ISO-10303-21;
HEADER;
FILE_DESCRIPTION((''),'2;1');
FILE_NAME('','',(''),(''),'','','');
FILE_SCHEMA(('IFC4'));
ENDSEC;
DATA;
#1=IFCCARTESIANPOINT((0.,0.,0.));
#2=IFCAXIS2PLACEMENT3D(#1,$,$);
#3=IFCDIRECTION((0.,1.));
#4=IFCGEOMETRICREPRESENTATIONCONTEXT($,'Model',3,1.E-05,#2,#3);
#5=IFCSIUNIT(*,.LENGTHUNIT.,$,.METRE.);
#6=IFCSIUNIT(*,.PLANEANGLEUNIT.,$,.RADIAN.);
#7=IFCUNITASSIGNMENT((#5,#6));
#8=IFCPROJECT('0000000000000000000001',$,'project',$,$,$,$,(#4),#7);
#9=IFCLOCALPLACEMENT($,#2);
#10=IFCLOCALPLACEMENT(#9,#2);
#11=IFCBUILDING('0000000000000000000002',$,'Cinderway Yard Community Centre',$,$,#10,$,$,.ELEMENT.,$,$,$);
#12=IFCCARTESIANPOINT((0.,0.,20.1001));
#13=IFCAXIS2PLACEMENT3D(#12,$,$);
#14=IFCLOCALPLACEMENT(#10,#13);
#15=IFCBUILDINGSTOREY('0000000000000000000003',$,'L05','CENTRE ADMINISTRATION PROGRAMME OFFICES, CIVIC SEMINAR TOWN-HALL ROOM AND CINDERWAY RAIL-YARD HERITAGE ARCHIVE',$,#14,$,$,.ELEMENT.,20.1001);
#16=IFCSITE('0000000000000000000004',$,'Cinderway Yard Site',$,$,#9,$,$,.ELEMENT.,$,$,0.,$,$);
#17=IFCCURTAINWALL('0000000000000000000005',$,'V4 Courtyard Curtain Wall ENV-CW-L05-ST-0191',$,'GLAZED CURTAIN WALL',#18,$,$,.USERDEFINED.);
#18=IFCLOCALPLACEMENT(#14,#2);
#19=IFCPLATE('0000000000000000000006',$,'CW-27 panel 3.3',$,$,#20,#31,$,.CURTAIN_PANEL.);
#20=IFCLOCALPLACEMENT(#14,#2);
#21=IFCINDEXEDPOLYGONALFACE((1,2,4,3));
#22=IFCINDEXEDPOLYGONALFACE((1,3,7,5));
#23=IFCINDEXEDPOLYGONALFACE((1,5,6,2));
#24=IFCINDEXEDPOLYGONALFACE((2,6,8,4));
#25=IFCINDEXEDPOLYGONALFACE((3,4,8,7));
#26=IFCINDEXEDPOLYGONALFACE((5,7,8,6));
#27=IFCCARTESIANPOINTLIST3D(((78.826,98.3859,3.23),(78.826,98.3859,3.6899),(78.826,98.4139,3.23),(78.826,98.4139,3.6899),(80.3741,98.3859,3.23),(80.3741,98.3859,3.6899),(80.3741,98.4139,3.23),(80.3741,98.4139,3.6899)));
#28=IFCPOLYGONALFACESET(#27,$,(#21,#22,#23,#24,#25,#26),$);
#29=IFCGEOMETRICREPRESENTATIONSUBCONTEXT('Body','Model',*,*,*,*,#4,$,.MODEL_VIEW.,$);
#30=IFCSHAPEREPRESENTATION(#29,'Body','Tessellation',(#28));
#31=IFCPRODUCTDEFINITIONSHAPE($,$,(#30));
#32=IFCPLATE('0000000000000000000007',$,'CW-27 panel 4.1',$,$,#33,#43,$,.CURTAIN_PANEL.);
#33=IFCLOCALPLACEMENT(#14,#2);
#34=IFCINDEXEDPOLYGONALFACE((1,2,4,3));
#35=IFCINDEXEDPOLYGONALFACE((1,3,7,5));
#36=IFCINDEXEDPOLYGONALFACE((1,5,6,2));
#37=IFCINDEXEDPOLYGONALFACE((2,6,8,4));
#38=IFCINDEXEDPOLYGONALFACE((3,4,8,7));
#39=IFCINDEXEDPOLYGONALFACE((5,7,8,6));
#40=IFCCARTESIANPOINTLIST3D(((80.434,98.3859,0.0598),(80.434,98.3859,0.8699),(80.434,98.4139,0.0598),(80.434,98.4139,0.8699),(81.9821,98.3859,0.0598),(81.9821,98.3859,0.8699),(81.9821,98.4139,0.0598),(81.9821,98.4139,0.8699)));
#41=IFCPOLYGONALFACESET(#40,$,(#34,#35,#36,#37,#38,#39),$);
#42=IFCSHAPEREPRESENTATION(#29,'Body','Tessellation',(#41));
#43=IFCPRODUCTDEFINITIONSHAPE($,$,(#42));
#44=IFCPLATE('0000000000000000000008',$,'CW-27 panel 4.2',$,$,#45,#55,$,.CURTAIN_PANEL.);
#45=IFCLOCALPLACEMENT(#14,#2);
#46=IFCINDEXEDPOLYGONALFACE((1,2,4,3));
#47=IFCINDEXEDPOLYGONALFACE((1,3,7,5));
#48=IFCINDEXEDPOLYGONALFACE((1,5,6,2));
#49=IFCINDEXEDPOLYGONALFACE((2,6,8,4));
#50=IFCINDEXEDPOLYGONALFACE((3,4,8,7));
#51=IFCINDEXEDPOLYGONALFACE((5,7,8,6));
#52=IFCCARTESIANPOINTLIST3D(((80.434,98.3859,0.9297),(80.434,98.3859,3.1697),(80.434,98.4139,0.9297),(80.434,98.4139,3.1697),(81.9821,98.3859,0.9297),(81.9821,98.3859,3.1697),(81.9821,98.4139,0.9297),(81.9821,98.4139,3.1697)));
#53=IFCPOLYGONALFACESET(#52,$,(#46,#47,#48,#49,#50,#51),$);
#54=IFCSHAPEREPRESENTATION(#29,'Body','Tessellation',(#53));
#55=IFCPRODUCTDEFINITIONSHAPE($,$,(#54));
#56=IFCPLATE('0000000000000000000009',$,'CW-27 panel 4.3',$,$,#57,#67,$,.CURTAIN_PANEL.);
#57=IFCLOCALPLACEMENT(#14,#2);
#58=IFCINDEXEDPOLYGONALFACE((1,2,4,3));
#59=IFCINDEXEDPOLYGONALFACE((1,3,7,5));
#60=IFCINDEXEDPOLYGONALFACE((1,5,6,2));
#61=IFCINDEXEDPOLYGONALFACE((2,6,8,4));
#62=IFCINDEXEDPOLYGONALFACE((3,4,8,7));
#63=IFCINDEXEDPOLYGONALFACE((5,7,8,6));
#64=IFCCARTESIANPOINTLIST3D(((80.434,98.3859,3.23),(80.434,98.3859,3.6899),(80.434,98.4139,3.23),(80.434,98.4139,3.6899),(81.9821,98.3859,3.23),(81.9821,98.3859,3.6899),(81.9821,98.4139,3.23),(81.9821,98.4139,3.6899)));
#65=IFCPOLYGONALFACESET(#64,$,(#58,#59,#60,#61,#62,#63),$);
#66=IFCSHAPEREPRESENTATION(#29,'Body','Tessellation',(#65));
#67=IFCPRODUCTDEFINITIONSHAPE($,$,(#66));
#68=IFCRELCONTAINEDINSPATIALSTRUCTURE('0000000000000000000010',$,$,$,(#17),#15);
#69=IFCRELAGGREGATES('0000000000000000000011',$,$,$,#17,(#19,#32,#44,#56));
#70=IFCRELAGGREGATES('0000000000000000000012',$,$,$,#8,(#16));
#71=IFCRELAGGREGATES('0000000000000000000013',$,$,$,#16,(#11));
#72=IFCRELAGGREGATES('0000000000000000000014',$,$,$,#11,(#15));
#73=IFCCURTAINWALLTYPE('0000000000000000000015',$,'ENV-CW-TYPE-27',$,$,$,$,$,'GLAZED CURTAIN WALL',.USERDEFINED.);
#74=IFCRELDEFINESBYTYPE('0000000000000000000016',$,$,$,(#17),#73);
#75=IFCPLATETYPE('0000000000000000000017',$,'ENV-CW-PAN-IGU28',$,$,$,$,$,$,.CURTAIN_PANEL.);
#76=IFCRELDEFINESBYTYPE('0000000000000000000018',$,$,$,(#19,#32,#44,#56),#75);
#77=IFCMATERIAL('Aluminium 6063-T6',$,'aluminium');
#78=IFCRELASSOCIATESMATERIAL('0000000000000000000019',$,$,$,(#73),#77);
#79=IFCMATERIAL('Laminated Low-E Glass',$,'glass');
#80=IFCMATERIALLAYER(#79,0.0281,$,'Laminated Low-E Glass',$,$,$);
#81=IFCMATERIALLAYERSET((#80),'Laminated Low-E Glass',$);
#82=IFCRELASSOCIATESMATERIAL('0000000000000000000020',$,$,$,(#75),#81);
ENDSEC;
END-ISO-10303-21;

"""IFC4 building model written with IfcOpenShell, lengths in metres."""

from ifc_helpers import new_model, si_unit, direction, frame, origin, origin_2d, place, context, subcontext, project, spatial, rectangle, extrude, material, layer, layer_set, type_object, element, aggregate, save


model = new_model("IFC4")

# Units and contexts
model_context = context("Model", 3, precision=1e-05, world=origin(), true_north=direction((0.0, 1.0)))
body_context = subcontext(model_context, "Body", "Model", "MODEL_VIEW")
ifc_project = project(units=[si_unit("LENGTHUNIT", "METRE"), si_unit("PLANEANGLEUNIT", "RADIAN")], contexts=[model_context])

# Site, building, storey
site_placement = place(None, origin())
site = spatial("IfcSite", under=ifc_project, at=site_placement, Name="Cinderway Yard Site", CompositionType="ELEMENT", RefElevation=0.0)
building_placement = place(site_placement, origin())
building = spatial("IfcBuilding", under=site, at=building_placement, Name="Cinderway Yard Community Centre", CompositionType="ELEMENT")
storey_placement = place(building_placement, frame((0.0, 0.0, 20.1001)))
storey = spatial("IfcBuildingStorey", under=building, at=storey_placement, Name="L05", Description="CENTRE ADMINISTRATION PROGRAMME OFFICES, CIVIC SEMINAR TOWN-HALL ROOM AND CINDERWAY RAIL-YARD HERITAGE ARCHIVE", CompositionType="ELEMENT", Elevation=20.1001)

# Curtain wall, plates
ifc_material_1 = material(Name="Aluminium 6063-T6", Category="aluminium")
curtain_wall_type = type_object("IfcCurtainWallType", Name="ENV-CW-TYPE-27", ElementType="GLAZED CURTAIN WALL", PredefinedType="USERDEFINED", material=ifc_material_1)
curtain_wall_placement = place(storey_placement, origin())
curtain_wall = element("IfcCurtainWall", 1, at=curtain_wall_placement, inside=storey, type_object=curtain_wall_type, Name="V4 Courtyard Curtain Wall ENV-CW-L05-ST-0191", ObjectType="GLAZED CURTAIN WALL", PredefinedType="USERDEFINED")
ifc_material_2 = material(Name="Laminated Low-E Glass", Category="glass")
ifc_layer = layer(ifc_material_2, 0.0281, Name="Laminated Low-E Glass")
ifc_layer_set = layer_set([ifc_layer], Name="Laminated Low-E Glass")
plate_type = type_object("IfcPlateType", Name="ENV-CW-PAN-IGU28", PredefinedType="CURTAIN_PANEL", material=ifc_layer_set)
plate_1_placement = place(storey_placement, frame((79.6001, 98.3999, 3.23), z_axis=(0.0, 0.0, 1.0), x_axis=(1.0, 0.0, 0.0)))
plate_1 = element("IfcPlate", 2, at=plate_1_placement, type_object=plate_type, Name="CW-27 panel 3.3", PredefinedType="CURTAIN_PANEL", context=body_context, shape_type="SweptSolid", body=[
    extrude(rectangle(XDim=1.5481, YDim=0.0281, at=origin_2d()), origin(), (0.0, 0.0, 1.0), 0.46),
])
plate_2_placement = place(storey_placement, frame((81.208, 98.3999, 0.0598), z_axis=(0.0, 0.0, 1.0), x_axis=(1.0, 0.0, 0.0)))
plate_2 = element("IfcPlate", 3, at=plate_2_placement, type_object=plate_type, Name="CW-27 panel 4.1", PredefinedType="CURTAIN_PANEL", context=body_context, shape_type="SweptSolid", body=[
    extrude(rectangle(XDim=1.5481, YDim=0.0281, at=origin_2d()), origin(), (0.0, 0.0, 1.0), 0.8101),
])
plate_3_placement = place(storey_placement, frame((81.208, 98.3999, 0.9297), z_axis=(0.0, 0.0, 1.0), x_axis=(1.0, 0.0, 0.0)))
plate_3 = element("IfcPlate", 4, at=plate_3_placement, type_object=plate_type, Name="CW-27 panel 4.2", PredefinedType="CURTAIN_PANEL", context=body_context, shape_type="SweptSolid", body=[
    extrude(rectangle(XDim=1.5481, YDim=0.0281, at=origin_2d()), origin(), (0.0, 0.0, 1.0), 2.24),
])
plate_4_placement = place(storey_placement, frame((81.208, 98.3999, 3.23), z_axis=(0.0, 0.0, 1.0), x_axis=(1.0, 0.0, 0.0)))
plate_4 = element("IfcPlate", 5, at=plate_4_placement, type_object=plate_type, Name="CW-27 panel 4.3", PredefinedType="CURTAIN_PANEL", context=body_context, shape_type="SweptSolid", body=[
    extrude(rectangle(XDim=1.5481, YDim=0.0281, at=origin_2d()), origin(), (0.0, 0.0, 1.0), 0.46),
])
aggregate(curtain_wall, [plate_1, plate_2, plate_3, plate_4])

save(model, "model.ifc")
